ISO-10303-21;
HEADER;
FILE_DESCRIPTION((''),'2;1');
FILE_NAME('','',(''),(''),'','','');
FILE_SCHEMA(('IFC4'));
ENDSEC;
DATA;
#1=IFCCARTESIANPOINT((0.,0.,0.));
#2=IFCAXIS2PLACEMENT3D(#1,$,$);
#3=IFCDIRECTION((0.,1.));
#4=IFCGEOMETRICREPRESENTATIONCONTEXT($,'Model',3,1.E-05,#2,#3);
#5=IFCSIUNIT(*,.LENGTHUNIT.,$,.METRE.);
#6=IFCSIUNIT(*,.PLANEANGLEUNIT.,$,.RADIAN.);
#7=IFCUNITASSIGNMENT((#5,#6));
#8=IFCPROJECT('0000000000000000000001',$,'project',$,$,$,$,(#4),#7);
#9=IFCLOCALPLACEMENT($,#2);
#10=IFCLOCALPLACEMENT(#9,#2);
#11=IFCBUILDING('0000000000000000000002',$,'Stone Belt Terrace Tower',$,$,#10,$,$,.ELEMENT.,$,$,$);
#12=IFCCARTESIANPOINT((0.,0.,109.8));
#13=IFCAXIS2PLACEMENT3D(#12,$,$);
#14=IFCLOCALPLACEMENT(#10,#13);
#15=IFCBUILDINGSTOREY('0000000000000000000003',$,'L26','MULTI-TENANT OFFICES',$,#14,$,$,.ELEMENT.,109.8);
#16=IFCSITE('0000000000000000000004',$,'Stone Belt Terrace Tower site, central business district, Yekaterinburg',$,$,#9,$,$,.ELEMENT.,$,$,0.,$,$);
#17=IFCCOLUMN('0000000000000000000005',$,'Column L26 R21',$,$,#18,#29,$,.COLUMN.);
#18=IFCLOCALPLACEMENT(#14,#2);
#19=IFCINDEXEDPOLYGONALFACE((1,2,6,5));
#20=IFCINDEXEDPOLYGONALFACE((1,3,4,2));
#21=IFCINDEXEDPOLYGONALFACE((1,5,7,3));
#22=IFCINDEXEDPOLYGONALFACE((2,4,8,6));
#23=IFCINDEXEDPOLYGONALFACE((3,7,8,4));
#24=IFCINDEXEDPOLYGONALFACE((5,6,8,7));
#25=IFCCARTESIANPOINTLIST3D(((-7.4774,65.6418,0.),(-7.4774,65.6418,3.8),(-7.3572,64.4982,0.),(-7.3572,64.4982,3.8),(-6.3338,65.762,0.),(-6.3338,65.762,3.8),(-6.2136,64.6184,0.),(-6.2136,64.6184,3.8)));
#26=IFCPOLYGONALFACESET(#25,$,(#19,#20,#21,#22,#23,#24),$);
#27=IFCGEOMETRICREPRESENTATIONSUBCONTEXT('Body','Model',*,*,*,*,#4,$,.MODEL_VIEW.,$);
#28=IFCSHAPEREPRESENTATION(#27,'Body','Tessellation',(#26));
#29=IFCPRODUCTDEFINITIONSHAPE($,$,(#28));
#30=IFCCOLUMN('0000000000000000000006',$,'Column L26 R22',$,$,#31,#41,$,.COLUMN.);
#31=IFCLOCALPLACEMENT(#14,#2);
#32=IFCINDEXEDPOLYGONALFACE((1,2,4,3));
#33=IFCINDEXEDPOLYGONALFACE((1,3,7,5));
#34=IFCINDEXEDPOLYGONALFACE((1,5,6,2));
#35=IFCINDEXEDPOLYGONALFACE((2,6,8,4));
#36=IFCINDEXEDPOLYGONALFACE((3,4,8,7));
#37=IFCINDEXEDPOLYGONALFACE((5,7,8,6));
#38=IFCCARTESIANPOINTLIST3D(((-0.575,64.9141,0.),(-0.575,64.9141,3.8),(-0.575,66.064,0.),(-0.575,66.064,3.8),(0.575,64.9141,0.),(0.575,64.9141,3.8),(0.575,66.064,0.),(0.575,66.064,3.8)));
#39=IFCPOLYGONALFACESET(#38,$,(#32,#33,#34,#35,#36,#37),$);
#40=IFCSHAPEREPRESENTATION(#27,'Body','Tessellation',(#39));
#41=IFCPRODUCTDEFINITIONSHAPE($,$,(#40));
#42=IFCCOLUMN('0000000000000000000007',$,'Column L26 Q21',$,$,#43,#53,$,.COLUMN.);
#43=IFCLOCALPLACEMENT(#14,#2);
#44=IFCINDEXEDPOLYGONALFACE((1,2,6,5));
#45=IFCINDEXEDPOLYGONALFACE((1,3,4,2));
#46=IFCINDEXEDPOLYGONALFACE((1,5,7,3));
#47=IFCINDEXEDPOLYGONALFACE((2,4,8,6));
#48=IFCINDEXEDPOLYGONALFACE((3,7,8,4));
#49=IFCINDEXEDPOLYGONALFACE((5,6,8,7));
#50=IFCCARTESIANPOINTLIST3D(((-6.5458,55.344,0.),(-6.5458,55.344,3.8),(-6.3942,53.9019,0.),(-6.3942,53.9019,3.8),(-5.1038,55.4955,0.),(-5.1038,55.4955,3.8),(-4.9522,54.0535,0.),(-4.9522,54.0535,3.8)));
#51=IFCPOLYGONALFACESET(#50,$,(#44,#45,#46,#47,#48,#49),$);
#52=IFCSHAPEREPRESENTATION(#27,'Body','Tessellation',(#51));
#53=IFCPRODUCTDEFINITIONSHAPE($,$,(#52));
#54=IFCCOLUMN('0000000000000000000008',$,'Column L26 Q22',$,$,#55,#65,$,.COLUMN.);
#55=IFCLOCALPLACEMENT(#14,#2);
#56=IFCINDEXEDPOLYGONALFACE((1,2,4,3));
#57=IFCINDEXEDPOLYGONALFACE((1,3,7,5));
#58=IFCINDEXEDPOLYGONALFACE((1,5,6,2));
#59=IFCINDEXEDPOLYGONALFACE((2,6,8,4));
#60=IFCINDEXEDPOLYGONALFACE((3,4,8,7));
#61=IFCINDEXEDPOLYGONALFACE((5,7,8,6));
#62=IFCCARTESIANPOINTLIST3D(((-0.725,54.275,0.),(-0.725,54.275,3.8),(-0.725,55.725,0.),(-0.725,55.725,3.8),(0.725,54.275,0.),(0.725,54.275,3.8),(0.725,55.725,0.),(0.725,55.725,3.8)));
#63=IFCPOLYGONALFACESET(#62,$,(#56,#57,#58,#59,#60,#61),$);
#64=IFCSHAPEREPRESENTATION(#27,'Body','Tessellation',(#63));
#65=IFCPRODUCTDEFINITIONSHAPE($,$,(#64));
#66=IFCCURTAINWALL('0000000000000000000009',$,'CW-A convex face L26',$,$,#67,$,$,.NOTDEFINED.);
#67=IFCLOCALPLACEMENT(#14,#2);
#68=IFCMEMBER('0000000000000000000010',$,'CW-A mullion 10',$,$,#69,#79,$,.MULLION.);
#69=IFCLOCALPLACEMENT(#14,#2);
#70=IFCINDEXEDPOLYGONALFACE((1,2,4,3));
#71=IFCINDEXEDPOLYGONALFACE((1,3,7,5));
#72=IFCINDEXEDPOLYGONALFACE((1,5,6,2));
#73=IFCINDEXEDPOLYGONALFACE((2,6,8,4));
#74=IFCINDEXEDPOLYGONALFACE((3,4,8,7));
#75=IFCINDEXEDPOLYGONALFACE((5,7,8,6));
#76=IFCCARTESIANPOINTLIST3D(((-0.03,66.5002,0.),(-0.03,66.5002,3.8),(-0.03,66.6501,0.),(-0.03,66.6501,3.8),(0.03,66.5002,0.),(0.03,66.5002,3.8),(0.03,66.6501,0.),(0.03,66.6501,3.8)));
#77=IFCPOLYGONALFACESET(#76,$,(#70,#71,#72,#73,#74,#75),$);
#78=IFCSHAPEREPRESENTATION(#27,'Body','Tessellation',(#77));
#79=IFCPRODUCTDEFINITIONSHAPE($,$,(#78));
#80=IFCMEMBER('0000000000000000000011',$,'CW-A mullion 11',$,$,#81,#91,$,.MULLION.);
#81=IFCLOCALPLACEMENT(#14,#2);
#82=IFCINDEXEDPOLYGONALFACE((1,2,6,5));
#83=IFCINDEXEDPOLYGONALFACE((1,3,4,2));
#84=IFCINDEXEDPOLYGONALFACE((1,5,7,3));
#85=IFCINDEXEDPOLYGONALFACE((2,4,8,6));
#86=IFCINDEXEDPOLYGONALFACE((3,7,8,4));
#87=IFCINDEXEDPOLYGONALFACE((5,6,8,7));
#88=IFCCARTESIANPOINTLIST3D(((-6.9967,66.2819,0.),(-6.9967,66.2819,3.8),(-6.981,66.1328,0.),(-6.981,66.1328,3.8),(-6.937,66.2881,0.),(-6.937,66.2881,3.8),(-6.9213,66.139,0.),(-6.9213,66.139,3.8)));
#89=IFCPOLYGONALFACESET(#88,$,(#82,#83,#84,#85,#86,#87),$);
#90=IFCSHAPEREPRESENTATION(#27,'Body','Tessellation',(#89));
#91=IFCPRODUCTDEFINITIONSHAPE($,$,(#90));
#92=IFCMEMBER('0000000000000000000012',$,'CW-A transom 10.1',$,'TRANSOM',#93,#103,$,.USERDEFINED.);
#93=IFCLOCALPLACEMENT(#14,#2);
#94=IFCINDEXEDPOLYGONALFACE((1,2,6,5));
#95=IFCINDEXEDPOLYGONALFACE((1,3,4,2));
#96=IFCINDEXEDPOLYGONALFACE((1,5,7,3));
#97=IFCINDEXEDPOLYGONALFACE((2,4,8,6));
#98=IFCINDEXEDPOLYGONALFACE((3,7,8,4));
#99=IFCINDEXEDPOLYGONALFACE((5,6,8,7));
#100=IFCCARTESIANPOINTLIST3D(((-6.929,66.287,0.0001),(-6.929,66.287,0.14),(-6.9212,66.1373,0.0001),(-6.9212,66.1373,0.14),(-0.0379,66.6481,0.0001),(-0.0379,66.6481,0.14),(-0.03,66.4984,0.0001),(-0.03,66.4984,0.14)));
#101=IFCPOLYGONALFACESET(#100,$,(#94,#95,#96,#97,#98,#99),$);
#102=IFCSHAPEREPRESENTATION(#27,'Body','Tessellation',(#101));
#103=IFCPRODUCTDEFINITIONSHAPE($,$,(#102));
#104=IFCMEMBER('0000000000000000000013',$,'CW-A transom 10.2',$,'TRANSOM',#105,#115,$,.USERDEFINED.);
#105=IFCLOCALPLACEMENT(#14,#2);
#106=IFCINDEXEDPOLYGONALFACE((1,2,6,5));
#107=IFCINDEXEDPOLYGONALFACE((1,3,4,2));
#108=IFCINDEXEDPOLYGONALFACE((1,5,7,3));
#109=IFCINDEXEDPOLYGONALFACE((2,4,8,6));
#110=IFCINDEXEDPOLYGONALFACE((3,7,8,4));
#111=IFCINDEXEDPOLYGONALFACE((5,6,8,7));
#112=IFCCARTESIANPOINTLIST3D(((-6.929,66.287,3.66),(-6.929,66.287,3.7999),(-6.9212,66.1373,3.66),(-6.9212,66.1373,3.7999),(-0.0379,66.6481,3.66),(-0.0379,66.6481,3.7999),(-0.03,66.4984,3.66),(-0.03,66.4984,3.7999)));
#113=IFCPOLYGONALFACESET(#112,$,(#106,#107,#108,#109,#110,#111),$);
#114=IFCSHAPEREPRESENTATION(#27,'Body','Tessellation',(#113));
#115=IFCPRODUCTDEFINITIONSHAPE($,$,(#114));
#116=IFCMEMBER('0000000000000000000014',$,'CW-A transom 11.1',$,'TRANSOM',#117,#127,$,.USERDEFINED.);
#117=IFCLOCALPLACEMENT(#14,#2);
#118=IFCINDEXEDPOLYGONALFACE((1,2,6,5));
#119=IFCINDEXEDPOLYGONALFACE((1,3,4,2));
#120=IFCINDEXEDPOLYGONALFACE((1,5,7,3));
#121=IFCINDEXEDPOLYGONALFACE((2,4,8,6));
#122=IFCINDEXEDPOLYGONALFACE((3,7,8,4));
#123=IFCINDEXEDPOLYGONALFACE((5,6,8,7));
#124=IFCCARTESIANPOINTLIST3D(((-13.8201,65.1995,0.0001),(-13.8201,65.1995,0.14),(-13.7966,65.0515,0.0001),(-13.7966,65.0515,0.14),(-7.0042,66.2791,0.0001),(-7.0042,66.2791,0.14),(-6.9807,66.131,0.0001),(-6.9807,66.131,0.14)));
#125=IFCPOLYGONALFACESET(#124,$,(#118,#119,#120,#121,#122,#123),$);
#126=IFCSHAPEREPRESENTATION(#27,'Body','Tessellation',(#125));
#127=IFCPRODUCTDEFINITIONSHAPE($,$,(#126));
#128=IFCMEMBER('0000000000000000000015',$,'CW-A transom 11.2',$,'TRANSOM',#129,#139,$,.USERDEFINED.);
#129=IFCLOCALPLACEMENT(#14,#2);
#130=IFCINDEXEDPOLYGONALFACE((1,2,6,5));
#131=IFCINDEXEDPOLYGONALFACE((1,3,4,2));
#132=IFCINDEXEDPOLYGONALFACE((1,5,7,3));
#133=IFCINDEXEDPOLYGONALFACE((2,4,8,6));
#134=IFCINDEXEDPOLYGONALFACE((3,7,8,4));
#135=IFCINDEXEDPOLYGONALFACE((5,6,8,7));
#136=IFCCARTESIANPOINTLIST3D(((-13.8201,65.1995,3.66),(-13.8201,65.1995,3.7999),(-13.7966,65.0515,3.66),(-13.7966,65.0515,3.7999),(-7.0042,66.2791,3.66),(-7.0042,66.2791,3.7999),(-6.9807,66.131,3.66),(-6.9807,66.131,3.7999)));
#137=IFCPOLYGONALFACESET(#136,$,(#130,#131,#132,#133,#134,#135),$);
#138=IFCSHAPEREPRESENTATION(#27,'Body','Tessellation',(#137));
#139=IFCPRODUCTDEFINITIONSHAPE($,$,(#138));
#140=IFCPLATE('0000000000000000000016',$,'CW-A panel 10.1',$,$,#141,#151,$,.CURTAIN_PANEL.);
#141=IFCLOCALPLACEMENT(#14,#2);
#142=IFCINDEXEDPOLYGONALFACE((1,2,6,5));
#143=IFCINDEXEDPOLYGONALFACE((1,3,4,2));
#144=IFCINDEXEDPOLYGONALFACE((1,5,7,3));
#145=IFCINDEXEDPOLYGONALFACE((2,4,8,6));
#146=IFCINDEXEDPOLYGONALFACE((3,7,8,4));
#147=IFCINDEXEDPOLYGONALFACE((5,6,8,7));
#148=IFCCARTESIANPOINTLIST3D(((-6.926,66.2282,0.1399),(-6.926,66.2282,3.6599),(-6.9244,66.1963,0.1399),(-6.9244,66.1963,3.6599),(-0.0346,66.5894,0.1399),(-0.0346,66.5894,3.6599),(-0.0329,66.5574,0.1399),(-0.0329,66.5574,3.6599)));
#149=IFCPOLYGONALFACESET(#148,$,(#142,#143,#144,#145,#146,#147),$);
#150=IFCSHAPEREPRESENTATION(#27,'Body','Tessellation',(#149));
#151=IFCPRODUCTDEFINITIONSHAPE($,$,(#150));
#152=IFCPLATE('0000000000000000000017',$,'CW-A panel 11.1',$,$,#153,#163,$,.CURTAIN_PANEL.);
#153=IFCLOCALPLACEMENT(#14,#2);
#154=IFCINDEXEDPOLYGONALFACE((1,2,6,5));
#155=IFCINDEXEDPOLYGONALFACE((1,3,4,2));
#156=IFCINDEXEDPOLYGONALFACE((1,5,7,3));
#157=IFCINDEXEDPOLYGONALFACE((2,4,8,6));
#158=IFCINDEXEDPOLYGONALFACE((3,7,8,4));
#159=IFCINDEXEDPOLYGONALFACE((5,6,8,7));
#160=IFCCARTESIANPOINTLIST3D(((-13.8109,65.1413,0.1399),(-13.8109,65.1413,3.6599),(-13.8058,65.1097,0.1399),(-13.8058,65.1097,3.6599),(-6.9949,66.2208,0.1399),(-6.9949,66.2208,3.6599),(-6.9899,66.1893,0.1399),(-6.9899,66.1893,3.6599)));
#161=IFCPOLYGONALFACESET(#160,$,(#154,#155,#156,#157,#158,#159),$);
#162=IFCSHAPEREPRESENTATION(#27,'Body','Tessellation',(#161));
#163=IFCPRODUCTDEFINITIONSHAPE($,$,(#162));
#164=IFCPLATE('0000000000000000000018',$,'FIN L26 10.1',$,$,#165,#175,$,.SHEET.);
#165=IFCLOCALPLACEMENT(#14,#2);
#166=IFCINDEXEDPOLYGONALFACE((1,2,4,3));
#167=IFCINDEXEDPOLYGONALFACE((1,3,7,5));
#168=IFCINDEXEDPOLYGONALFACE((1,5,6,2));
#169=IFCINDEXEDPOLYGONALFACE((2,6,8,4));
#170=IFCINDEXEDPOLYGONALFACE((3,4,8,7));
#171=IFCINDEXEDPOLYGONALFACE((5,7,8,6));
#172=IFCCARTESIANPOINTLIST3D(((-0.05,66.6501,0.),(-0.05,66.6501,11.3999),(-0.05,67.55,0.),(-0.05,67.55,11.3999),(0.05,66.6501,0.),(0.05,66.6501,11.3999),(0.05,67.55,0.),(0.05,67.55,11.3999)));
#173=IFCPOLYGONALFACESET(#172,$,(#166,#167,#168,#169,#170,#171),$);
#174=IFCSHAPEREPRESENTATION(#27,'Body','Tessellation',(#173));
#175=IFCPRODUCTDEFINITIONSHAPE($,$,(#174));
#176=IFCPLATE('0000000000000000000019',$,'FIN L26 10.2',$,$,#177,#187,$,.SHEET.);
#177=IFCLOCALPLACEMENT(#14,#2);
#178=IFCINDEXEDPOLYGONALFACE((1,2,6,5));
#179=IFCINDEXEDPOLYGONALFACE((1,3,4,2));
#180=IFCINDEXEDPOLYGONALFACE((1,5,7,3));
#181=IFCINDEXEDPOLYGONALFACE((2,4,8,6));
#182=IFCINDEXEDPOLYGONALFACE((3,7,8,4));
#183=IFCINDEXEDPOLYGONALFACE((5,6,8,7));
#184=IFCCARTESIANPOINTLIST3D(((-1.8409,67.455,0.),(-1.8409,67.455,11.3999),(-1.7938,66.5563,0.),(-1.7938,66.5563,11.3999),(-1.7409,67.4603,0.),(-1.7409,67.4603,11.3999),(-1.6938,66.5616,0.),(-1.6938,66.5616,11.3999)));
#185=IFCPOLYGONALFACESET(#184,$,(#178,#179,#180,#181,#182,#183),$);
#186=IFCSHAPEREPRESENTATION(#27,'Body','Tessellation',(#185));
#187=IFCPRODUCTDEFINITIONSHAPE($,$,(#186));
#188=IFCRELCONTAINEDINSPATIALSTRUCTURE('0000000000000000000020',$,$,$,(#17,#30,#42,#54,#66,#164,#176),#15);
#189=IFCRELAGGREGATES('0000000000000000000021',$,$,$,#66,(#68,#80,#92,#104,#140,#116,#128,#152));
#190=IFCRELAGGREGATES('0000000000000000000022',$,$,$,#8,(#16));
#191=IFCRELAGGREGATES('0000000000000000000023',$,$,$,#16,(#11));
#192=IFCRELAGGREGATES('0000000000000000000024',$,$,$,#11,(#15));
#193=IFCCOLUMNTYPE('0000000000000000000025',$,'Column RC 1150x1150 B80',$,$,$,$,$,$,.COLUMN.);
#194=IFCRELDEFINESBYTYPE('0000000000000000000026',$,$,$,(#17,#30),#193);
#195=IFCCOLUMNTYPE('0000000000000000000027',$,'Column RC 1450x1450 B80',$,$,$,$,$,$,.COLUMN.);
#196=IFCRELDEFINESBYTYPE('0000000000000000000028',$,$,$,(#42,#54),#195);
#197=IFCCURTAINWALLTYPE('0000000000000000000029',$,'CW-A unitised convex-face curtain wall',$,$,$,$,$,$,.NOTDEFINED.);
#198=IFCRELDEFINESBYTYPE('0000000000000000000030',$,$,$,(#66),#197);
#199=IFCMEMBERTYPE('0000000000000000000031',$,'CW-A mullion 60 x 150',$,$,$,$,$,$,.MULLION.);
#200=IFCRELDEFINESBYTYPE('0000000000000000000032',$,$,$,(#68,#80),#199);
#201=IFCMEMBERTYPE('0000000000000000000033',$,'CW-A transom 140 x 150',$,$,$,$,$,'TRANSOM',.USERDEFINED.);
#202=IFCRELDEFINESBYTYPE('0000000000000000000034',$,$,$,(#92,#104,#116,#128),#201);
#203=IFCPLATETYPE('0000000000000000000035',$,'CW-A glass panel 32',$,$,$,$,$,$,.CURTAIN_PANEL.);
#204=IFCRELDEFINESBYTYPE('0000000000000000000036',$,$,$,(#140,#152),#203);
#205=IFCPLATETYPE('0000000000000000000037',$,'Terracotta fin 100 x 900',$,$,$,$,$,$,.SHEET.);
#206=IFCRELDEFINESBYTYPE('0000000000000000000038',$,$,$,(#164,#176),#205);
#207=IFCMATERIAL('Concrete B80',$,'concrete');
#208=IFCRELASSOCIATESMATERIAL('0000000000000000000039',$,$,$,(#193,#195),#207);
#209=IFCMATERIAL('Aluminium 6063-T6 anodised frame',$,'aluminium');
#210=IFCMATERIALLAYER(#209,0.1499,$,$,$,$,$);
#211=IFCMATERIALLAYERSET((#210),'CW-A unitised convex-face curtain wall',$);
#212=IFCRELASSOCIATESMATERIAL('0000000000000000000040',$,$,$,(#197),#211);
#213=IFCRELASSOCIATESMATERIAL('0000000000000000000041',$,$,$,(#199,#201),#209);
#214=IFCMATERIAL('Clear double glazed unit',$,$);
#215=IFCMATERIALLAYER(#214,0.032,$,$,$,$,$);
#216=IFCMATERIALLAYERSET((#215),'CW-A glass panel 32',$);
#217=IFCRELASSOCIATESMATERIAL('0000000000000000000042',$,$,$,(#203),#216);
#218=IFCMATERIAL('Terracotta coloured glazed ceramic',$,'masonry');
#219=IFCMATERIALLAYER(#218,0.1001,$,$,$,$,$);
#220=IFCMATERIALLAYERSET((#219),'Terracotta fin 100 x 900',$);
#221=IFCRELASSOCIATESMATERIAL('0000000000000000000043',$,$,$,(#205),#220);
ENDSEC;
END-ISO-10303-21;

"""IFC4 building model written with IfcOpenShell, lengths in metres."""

from ifc_helpers import new_model, si_unit, direction, frame, origin, origin_2d, place, context, subcontext, project, spatial, rectangle, extrude, material, layer, layer_set, material_profile, profile_set, type_object, element, aggregate, save


model = new_model("IFC4")

# Units and contexts
model_context = context("Model", 3, precision=1e-05, world=origin(), true_north=direction((0.0, 1.0)))
body_context = subcontext(model_context, "Body", "Model", "MODEL_VIEW")
ifc_project = project(units=[si_unit("LENGTHUNIT", "METRE"), si_unit("PLANEANGLEUNIT", "RADIAN")], contexts=[model_context])

# Site, building, storey
site_placement = place(None, origin())
site = spatial("IfcSite", under=ifc_project, at=site_placement, Name="Stone Belt Terrace Tower site, central business district, Yekaterinburg", CompositionType="ELEMENT", RefElevation=0.0)
building_placement = place(site_placement, origin())
building = spatial("IfcBuilding", under=site, at=building_placement, Name="Stone Belt Terrace Tower", CompositionType="ELEMENT")
storey_placement = place(building_placement, frame((0.0, 0.0, 109.8)))
storey = spatial("IfcBuildingStorey", under=building, at=storey_placement, Name="L26", Description="MULTI-TENANT OFFICES", CompositionType="ELEMENT", Elevation=109.8)

# Columns
ifc_material_1 = material(Name="Concrete B80", Category="concrete")
ifc_material_profile_1 = material_profile(ifc_material_1, rectangle(XDim=1.1499, YDim=1.1499, at=origin_2d()), Name="RC 1150x1150")
ifc_profile_set_1 = profile_set([ifc_material_profile_1], Name="Concrete B80")
column_type_1 = type_object("IfcColumnType", Name="Column RC 1150x1150 B80", PredefinedType="COLUMN", material=ifc_profile_set_1)
for number, where, z_axis, x_axis, name in (
    (1, (-6.8455, 65.1301, 0.0), (0.0, 0.0, 1.0), (0.994522, 0.104528, 0.0), "Column L26 R21"),
    (2, (0.0, 65.489, 0.0), (0.0, 0.0, 1.0), (1.0, 0.0, 0.0), "Column L26 R22"),
):
    element("IfcColumn", number, at=place(storey_placement, frame(where, z_axis=z_axis, x_axis=x_axis)), inside=storey, type_object=column_type_1, Name=name, PredefinedType="COLUMN", context=body_context, shape_type="SweptSolid", body=[
        extrude(rectangle(XDim=1.1499, YDim=1.1499, at=origin_2d()), origin(), (0.0, 0.0, 1.0), 3.8),
    ])
ifc_material_profile_2 = material_profile(ifc_material_1, rectangle(XDim=1.45, YDim=1.45, at=origin_2d()), Name="RC 1450x1450")
ifc_profile_set_2 = profile_set([ifc_material_profile_2], Name="Concrete B80")
column_type_2 = type_object("IfcColumnType", Name="Column RC 1450x1450 B80", PredefinedType="COLUMN", material=ifc_profile_set_2)
for number, where, z_axis, x_axis, name in (
    (3, (-5.749, 54.6987, 0.0), (0.0, 0.0, 1.0), (0.994522, 0.104528, 0.0), "Column L26 Q21"),
    (4, (0.0, 55.0, 0.0), (0.0, 0.0, 1.0), (1.0, 0.0, 0.0), "Column L26 Q22"),
):
    element("IfcColumn", number, at=place(storey_placement, frame(where, z_axis=z_axis, x_axis=x_axis)), inside=storey, type_object=column_type_2, Name=name, PredefinedType="COLUMN", context=body_context, shape_type="SweptSolid", body=[
        extrude(rectangle(XDim=1.45, YDim=1.45, at=origin_2d()), origin(), (0.0, 0.0, 1.0), 3.8),
    ])

# Curtain wall, members, plates
ifc_material_2 = material(Name="Aluminium 6063-T6 anodised frame", Category="aluminium")
ifc_layer_1 = layer(ifc_material_2, 0.1499)
ifc_layer_set_1 = layer_set([ifc_layer_1], Name="CW-A unitised convex-face curtain wall")
curtain_wall_type = type_object("IfcCurtainWallType", Name="CW-A unitised convex-face curtain wall", PredefinedType="NOTDEFINED", material=ifc_layer_set_1)
curtain_wall_placement = place(storey_placement, origin())
curtain_wall = element("IfcCurtainWall", 5, at=curtain_wall_placement, inside=storey, type_object=curtain_wall_type, Name="CW-A convex face L26", PredefinedType="NOTDEFINED")
ifc_material_profile_3 = material_profile(ifc_material_2, rectangle(XDim=0.1499, YDim=0.0601, at=origin_2d()), Name="Aluminium 6063-T6 60x150")
ifc_profile_set_3 = profile_set([ifc_material_profile_3], Name="Aluminium 6063-T6 anodised frame")
member_type_1 = type_object("IfcMemberType", Name="CW-A mullion 60 x 150", PredefinedType="MULLION", material=ifc_profile_set_3)
member_1_placement = place(storey_placement, frame((0.0, 66.5752, 0.0), z_axis=(0.0, 0.0, 1.0), x_axis=(0.0, -1.0, 0.0)))
member_1 = element("IfcMember", 6, at=member_1_placement, type_object=member_type_1, Name="CW-A mullion 10", PredefinedType="MULLION", context=body_context, shape_type="SweptSolid", body=[
    extrude(rectangle(XDim=0.1499, YDim=0.0601, at=origin_2d()), origin(), (0.0, 0.0, 1.0), 3.8),
])
member_2_placement = place(storey_placement, frame((-6.959, 66.2104, 0.0), z_axis=(0.0, 0.0, 1.0), x_axis=(0.104528, -0.994522, 0.0)))
member_2 = element("IfcMember", 7, at=member_2_placement, type_object=member_type_1, Name="CW-A mullion 11", PredefinedType="MULLION", context=body_context, shape_type="SweptSolid", body=[
    extrude(rectangle(XDim=0.1499, YDim=0.0601, at=origin_2d()), origin(), (0.0, 0.0, 1.0), 3.8),
])
ifc_material_profile_4 = material_profile(ifc_material_2, rectangle(XDim=0.1499, YDim=0.1399, at=origin_2d()), Name="Aluminium 6063-T6 150x140")
ifc_profile_set_4 = profile_set([ifc_material_profile_4], Name="Aluminium 6063-T6 anodised frame")
member_type_2 = type_object("IfcMemberType", Name="CW-A transom 140 x 150", ElementType="TRANSOM", PredefinedType="USERDEFINED", material=ifc_profile_set_4)
member_3_placement = place(storey_placement, frame((-0.0339, 66.5732, 0.0701), z_axis=(-0.99863, -0.052327, 0.0), x_axis=(0.052327, -0.99863, 0.0)))
member_3 = element("IfcMember", 8, at=member_3_placement, type_object=member_type_2, Name="CW-A transom 10.1", ObjectType="TRANSOM", PredefinedType="USERDEFINED", context=body_context, shape_type="SweptSolid", body=[
    extrude(rectangle(XDim=0.1499, YDim=0.1399, at=origin_2d()), origin(), (0.0, 0.0, 1.0), 6.9006),
])
member_4_placement = place(storey_placement, frame((-0.0339, 66.5732, 3.73), z_axis=(-0.99863, -0.052327, 0.0), x_axis=(0.052327, -0.99863, 0.0)))
member_4 = element("IfcMember", 9, at=member_4_placement, type_object=member_type_2, Name="CW-A transom 10.2", ObjectType="TRANSOM", PredefinedType="USERDEFINED", context=body_context, shape_type="SweptSolid", body=[
    extrude(rectangle(XDim=0.1499, YDim=0.1399, at=origin_2d()), origin(), (0.0, 0.0, 1.0), 6.9006),
])
member_5_placement = place(storey_placement, frame((-6.9924, 66.2051, 0.0701), z_axis=(-0.987687, -0.156442, 0.0), x_axis=(0.156442, -0.987687, 0.0)))
member_5 = element("IfcMember", 10, at=member_5_placement, type_object=member_type_2, Name="CW-A transom 11.1", ObjectType="TRANSOM", PredefinedType="USERDEFINED", context=body_context, shape_type="SweptSolid", body=[
    extrude(rectangle(XDim=0.1499, YDim=0.1399, at=origin_2d()), origin(), (0.0, 0.0, 1.0), 6.9009),
])
member_6_placement = place(storey_placement, frame((-6.9924, 66.2051, 3.73), z_axis=(-0.987687, -0.156442, 0.0), x_axis=(0.156442, -0.987687, 0.0)))
member_6 = element("IfcMember", 11, at=member_6_placement, type_object=member_type_2, Name="CW-A transom 11.2", ObjectType="TRANSOM", PredefinedType="USERDEFINED", context=body_context, shape_type="SweptSolid", body=[
    extrude(rectangle(XDim=0.1499, YDim=0.1399, at=origin_2d()), origin(), (0.0, 0.0, 1.0), 6.9009),
])
ifc_material_3 = material(Name="Clear double glazed unit")
ifc_layer_2 = layer(ifc_material_3, 0.032)
ifc_layer_set_2 = layer_set([ifc_layer_2], Name="CW-A glass panel 32")
plate_type_1 = type_object("IfcPlateType", Name="CW-A glass panel 32", PredefinedType="CURTAIN_PANEL", material=ifc_layer_set_2)
plate_1_placement = place(storey_placement, frame((-3.4795, 66.3928, 0.1399), z_axis=(0.0, 0.0, 1.0), x_axis=(-0.99863, -0.052336, 0.0)))
plate_1 = element("IfcPlate", 12, at=plate_1_placement, type_object=plate_type_1, Name="CW-A panel 10.1", PredefinedType="CURTAIN_PANEL", context=body_context, shape_type="SweptSolid", body=[
    extrude(rectangle(XDim=6.9009, YDim=0.032, at=origin_2d()), origin(), (0.0, 0.0, 1.0), 3.52),
])
plate_2_placement = place(storey_placement, frame((-10.4004, 65.6653, 0.1399), z_axis=(0.0, 0.0, 1.0), x_axis=(-0.987688, -0.156434, 0.0)))
plate_2 = element("IfcPlate", 13, at=plate_2_placement, type_object=plate_type_1, Name="CW-A panel 11.1", PredefinedType="CURTAIN_PANEL", context=body_context, shape_type="SweptSolid", body=[
    extrude(rectangle(XDim=6.9009, YDim=0.032, at=origin_2d()), origin(), (0.0, 0.0, 1.0), 3.52),
])
aggregate(curtain_wall, [member_1, member_2, member_3, member_4, plate_1, member_5, member_6, plate_2])

# Plates
ifc_material_4 = material(Name="Terracotta coloured glazed ceramic", Category="masonry")
ifc_layer_3 = layer(ifc_material_4, 0.1001)
ifc_layer_set_3 = layer_set([ifc_layer_3], Name="Terracotta fin 100 x 900")
plate_type_2 = type_object("IfcPlateType", Name="Terracotta fin 100 x 900", PredefinedType="SHEET", material=ifc_layer_set_3)
for number, where, z_axis, x_axis, name in (
    (14, (0.0, 67.1001, 0.0), (0.0, 0.0, 1.0), (0.0, 1.0, 0.0), "FIN L26 10.1"),
    (15, (-1.7673, 67.0083, 0.0), (0.0, 0.0, 1.0), (-0.052336, 0.99863, 0.0), "FIN L26 10.2"),
):
    element("IfcPlate", number, at=place(storey_placement, frame(where, z_axis=z_axis, x_axis=x_axis)), inside=storey, type_object=plate_type_2, Name=name, PredefinedType="SHEET", context=body_context, shape_type="SweptSolid", body=[
        extrude(rectangle(XDim=0.8999, YDim=0.1001, at=origin_2d()), origin(), (0.0, 0.0, 1.0), 11.3999),
    ])

save(model, "model.ifc")
